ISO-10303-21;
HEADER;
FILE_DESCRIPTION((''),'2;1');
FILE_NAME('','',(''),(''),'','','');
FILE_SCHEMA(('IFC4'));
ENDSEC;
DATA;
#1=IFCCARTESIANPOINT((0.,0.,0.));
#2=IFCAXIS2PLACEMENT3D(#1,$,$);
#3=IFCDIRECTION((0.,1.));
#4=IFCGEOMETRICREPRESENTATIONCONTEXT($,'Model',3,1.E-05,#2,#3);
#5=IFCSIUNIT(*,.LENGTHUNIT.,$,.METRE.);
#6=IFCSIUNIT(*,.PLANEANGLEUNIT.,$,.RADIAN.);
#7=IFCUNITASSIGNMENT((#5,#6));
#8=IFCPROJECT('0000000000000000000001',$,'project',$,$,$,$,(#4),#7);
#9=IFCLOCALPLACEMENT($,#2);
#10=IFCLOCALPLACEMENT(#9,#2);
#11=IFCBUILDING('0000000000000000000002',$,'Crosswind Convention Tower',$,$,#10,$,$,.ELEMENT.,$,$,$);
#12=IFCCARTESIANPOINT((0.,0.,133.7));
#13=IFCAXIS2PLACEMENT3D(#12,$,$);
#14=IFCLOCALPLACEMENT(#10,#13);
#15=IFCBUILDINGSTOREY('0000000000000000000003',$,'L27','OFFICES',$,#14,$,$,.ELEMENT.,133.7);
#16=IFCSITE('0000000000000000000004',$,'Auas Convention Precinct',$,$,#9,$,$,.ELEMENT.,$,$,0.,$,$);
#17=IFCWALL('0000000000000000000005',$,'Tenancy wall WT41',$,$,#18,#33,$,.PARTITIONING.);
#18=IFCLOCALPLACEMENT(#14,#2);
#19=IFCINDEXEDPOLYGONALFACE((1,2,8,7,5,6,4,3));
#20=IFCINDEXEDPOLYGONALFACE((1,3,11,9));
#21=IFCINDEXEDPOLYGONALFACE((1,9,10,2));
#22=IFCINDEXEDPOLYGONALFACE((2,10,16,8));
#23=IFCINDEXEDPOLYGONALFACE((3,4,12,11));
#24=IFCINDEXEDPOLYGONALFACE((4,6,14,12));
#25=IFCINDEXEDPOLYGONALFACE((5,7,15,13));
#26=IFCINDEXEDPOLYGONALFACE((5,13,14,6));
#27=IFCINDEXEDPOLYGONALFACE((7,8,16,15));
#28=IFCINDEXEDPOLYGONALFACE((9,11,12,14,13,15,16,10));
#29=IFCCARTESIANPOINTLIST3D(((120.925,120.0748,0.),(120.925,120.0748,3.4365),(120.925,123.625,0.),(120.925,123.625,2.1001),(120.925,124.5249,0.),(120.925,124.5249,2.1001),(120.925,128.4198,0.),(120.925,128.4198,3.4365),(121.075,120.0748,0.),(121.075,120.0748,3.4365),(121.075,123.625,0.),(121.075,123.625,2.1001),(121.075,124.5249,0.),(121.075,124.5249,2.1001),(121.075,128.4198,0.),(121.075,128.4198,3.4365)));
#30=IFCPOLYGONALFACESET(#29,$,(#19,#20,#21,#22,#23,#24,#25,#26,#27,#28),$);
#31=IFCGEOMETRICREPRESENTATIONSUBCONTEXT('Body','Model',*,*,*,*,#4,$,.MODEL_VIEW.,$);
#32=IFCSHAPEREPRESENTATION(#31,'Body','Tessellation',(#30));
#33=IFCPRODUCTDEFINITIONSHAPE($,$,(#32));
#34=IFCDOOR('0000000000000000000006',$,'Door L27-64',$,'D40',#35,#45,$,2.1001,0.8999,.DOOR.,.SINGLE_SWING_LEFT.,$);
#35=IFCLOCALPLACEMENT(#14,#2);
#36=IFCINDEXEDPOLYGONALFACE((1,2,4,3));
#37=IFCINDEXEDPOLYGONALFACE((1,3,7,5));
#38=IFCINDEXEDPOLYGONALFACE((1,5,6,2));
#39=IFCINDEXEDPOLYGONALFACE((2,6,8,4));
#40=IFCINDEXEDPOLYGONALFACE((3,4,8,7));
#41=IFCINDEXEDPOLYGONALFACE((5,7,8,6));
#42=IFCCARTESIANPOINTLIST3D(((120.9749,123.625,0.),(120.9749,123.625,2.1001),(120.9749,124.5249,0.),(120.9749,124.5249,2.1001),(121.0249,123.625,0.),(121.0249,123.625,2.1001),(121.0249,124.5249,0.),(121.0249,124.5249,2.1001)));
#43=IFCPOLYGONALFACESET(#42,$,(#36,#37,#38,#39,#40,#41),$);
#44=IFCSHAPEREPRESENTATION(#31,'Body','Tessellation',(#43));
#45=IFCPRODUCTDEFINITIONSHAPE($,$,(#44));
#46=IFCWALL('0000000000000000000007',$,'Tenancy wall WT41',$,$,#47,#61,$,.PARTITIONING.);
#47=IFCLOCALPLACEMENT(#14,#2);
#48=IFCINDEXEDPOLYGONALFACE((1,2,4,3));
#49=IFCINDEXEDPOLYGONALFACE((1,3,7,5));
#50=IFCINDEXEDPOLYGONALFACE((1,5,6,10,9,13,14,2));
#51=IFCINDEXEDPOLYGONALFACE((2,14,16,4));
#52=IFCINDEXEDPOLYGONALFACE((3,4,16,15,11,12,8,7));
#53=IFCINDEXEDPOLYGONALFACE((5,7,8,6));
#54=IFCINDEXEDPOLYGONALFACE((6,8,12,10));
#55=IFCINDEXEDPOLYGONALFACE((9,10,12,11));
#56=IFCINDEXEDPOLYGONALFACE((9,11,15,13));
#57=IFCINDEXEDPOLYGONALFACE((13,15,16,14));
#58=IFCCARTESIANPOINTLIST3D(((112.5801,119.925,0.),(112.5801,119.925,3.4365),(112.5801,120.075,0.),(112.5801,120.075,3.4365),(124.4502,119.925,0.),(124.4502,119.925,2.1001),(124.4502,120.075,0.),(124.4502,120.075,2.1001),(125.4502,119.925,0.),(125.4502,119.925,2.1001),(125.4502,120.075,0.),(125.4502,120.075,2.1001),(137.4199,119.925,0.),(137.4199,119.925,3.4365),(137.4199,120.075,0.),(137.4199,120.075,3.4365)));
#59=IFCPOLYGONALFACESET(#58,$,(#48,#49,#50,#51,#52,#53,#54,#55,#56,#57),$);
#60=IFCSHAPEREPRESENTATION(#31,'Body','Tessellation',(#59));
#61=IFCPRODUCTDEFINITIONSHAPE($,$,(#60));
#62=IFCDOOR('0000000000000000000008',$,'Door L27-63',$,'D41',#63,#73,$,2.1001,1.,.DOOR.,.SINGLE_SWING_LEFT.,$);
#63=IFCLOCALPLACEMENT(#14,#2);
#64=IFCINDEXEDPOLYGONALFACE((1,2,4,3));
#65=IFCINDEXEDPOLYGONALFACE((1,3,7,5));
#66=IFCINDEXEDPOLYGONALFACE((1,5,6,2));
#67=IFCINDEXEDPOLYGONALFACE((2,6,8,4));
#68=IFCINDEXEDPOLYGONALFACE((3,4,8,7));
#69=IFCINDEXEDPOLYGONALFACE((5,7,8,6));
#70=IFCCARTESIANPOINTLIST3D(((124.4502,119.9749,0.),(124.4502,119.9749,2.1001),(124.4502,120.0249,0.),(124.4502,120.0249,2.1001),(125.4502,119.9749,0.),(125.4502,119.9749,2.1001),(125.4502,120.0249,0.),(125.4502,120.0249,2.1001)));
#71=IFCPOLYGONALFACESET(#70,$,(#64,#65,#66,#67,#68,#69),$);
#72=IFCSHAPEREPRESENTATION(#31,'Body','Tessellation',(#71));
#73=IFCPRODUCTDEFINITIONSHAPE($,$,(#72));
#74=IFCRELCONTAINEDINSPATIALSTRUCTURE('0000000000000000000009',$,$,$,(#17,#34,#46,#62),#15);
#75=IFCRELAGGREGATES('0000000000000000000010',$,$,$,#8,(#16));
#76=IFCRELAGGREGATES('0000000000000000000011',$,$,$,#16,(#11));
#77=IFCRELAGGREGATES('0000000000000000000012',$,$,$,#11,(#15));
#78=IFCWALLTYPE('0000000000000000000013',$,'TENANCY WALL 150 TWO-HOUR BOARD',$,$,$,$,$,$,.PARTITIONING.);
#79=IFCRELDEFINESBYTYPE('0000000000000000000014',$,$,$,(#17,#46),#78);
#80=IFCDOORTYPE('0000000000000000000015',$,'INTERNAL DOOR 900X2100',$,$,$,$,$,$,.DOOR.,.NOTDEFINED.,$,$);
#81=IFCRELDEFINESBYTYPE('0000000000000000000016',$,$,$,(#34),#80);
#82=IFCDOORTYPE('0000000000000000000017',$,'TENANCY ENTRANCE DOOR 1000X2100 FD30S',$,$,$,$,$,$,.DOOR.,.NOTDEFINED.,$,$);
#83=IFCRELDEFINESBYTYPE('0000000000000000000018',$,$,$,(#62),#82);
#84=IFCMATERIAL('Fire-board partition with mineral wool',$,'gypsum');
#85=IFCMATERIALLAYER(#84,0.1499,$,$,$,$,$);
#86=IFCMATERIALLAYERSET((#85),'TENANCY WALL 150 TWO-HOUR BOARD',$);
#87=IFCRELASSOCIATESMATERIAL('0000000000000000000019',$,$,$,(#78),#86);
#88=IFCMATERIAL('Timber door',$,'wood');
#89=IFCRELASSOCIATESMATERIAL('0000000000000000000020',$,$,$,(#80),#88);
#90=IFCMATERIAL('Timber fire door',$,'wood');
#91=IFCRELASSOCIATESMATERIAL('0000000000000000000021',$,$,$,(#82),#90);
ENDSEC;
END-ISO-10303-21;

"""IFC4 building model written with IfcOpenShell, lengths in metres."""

from ifc_helpers import new_model, si_unit, direction, frame, frame_2d, origin, place, context, subcontext, project, spatial, rectangle, extrude, material, layer, layer_set, type_object, element, fill, save


model = new_model("IFC4")

# Units and contexts
model_context = context("Model", 3, precision=1e-05, world=origin(), true_north=direction((0.0, 1.0)))
body_context = subcontext(model_context, "Body", "Model", "MODEL_VIEW")
ifc_project = project(units=[si_unit("LENGTHUNIT", "METRE"), si_unit("PLANEANGLEUNIT", "RADIAN")], contexts=[model_context])

# Site, building, storey
site_placement = place(None, origin())
site = spatial("IfcSite", under=ifc_project, at=site_placement, Name="Auas Convention Precinct", CompositionType="ELEMENT", RefElevation=0.0)
building_placement = place(site_placement, origin())
building = spatial("IfcBuilding", under=site, at=building_placement, Name="Crosswind Convention Tower", CompositionType="ELEMENT")
storey_placement = place(building_placement, frame((0.0, 0.0, 133.7)))
storey = spatial("IfcBuildingStorey", under=building, at=storey_placement, Name="L27", Description="OFFICES", CompositionType="ELEMENT", Elevation=133.7)

# Walls, openings, doors
ifc_material_1 = material(Name="Fire-board partition with mineral wool", Category="gypsum")
ifc_layer_1 = layer(ifc_material_1, 0.1499)
ifc_layer_set_1 = layer_set([ifc_layer_1], Name="TENANCY WALL 150 TWO-HOUR BOARD")
wall_type = type_object("IfcWallType", Name="TENANCY WALL 150 TWO-HOUR BOARD", PredefinedType="PARTITIONING", material=ifc_layer_set_1)
wall_1_placement = place(storey_placement, frame((121.0, 120.075, 0.0), z_axis=(0.0, 0.0, 1.0), x_axis=(0.0, 1.0, 0.0)))
wall_1 = element("IfcWall", 1, at=wall_1_placement, inside=storey, type_object=wall_type, Name="Tenancy wall WT41", PredefinedType="PARTITIONING", context=body_context, shape_type="SweptSolid", body=[
    extrude(rectangle(XDim=8.345, YDim=0.1499, at=frame_2d((4.1724, 0.0))), origin(), (0.0, 0.0, 1.0), 3.4365),
])
opening_1_placement = place(wall_1_placement, frame((3.55, 0.0, 0.0)))
opening_1 = element("IfcOpeningElement", 2, at=opening_1_placement, cuts=wall_1, PredefinedType="OPENING", context=body_context, shape_type="SweptSolid", body=[
    extrude(rectangle(XDim=0.8999, YDim=2.1001, at=frame_2d((0.45, 1.05))), frame((0.0, 0.085, 0.0), z_axis=(0.0, -1.0, 0.0), x_axis=(1.0, 0.0, 0.0)), (0.0, 0.0, 1.0), 0.1699),
])
ifc_material_2 = material(Name="Timber door", Category="wood")
door_type_1 = type_object("IfcDoorType", Name="INTERNAL DOOR 900X2100", OperationType="NOTDEFINED", PredefinedType="DOOR", material=ifc_material_2)
door_1_placement = place(opening_1_placement, frame((0.8999, 0.0, 0.0), z_axis=(0.0, 0.0, 1.0), x_axis=(-1.0, 0.0, 0.0)))
door_1 = element("IfcDoor", 3, at=door_1_placement, inside=storey, type_object=door_type_1, Name="Door L27-64", ObjectType="D40", OperationType="SINGLE_SWING_LEFT", OverallHeight=2.1001, OverallWidth=0.8999, PredefinedType="DOOR", context=body_context, shape_type="SweptSolid", body=[
    extrude(rectangle(XDim=0.8999, YDim=2.1001, at=frame_2d((0.45, 1.05))), frame((0.0, 0.0249, 0.0), z_axis=(0.0, -1.0, 0.0), x_axis=(1.0, 0.0, 0.0)), (0.0, 0.0, 1.0), 0.05),
])
fill(opening_1, door_1)
wall_2_placement = place(storey_placement, frame((112.5801, 120.0, 0.0), z_axis=(0.0, 0.0, 1.0), x_axis=(1.0, 0.0, 0.0)))
wall_2 = element("IfcWall", 4, at=wall_2_placement, inside=storey, type_object=wall_type, Name="Tenancy wall WT41", PredefinedType="PARTITIONING", context=body_context, shape_type="SweptSolid", body=[
    extrude(rectangle(XDim=24.8398, YDim=0.1499, at=frame_2d((12.4199, 0.0))), origin(), (0.0, 0.0, 1.0), 3.4365),
])
opening_2_placement = place(wall_2_placement, frame((11.8701, 0.0, 0.0)))
opening_2 = element("IfcOpeningElement", 5, at=opening_2_placement, cuts=wall_2, PredefinedType="OPENING", context=body_context, shape_type="SweptSolid", body=[
    extrude(rectangle(XDim=1.0, YDim=2.1001, at=frame_2d((0.5, 1.05))), frame((0.0, 0.085, 0.0), z_axis=(0.0, -1.0, 0.0), x_axis=(1.0, 0.0, 0.0)), (0.0, 0.0, 1.0), 0.1699),
])
ifc_material_3 = material(Name="Timber fire door", Category="wood")
door_type_2 = type_object("IfcDoorType", Name="TENANCY ENTRANCE DOOR 1000X2100 FD30S", OperationType="NOTDEFINED", PredefinedType="DOOR", material=ifc_material_3)
door_2_placement = place(opening_2_placement, origin())
door_2 = element("IfcDoor", 6, at=door_2_placement, inside=storey, type_object=door_type_2, Name="Door L27-63", ObjectType="D41", OperationType="SINGLE_SWING_LEFT", OverallHeight=2.1001, OverallWidth=1.0, PredefinedType="DOOR", context=body_context, shape_type="SweptSolid", body=[
    extrude(rectangle(XDim=1.0, YDim=2.1001, at=frame_2d((0.5, 1.05))), frame((0.0, 0.0249, 0.0), z_axis=(0.0, -1.0, 0.0), x_axis=(1.0, 0.0, 0.0)), (0.0, 0.0, 1.0), 0.05),
])
fill(opening_2, door_2)

save(model, "model.ifc")
